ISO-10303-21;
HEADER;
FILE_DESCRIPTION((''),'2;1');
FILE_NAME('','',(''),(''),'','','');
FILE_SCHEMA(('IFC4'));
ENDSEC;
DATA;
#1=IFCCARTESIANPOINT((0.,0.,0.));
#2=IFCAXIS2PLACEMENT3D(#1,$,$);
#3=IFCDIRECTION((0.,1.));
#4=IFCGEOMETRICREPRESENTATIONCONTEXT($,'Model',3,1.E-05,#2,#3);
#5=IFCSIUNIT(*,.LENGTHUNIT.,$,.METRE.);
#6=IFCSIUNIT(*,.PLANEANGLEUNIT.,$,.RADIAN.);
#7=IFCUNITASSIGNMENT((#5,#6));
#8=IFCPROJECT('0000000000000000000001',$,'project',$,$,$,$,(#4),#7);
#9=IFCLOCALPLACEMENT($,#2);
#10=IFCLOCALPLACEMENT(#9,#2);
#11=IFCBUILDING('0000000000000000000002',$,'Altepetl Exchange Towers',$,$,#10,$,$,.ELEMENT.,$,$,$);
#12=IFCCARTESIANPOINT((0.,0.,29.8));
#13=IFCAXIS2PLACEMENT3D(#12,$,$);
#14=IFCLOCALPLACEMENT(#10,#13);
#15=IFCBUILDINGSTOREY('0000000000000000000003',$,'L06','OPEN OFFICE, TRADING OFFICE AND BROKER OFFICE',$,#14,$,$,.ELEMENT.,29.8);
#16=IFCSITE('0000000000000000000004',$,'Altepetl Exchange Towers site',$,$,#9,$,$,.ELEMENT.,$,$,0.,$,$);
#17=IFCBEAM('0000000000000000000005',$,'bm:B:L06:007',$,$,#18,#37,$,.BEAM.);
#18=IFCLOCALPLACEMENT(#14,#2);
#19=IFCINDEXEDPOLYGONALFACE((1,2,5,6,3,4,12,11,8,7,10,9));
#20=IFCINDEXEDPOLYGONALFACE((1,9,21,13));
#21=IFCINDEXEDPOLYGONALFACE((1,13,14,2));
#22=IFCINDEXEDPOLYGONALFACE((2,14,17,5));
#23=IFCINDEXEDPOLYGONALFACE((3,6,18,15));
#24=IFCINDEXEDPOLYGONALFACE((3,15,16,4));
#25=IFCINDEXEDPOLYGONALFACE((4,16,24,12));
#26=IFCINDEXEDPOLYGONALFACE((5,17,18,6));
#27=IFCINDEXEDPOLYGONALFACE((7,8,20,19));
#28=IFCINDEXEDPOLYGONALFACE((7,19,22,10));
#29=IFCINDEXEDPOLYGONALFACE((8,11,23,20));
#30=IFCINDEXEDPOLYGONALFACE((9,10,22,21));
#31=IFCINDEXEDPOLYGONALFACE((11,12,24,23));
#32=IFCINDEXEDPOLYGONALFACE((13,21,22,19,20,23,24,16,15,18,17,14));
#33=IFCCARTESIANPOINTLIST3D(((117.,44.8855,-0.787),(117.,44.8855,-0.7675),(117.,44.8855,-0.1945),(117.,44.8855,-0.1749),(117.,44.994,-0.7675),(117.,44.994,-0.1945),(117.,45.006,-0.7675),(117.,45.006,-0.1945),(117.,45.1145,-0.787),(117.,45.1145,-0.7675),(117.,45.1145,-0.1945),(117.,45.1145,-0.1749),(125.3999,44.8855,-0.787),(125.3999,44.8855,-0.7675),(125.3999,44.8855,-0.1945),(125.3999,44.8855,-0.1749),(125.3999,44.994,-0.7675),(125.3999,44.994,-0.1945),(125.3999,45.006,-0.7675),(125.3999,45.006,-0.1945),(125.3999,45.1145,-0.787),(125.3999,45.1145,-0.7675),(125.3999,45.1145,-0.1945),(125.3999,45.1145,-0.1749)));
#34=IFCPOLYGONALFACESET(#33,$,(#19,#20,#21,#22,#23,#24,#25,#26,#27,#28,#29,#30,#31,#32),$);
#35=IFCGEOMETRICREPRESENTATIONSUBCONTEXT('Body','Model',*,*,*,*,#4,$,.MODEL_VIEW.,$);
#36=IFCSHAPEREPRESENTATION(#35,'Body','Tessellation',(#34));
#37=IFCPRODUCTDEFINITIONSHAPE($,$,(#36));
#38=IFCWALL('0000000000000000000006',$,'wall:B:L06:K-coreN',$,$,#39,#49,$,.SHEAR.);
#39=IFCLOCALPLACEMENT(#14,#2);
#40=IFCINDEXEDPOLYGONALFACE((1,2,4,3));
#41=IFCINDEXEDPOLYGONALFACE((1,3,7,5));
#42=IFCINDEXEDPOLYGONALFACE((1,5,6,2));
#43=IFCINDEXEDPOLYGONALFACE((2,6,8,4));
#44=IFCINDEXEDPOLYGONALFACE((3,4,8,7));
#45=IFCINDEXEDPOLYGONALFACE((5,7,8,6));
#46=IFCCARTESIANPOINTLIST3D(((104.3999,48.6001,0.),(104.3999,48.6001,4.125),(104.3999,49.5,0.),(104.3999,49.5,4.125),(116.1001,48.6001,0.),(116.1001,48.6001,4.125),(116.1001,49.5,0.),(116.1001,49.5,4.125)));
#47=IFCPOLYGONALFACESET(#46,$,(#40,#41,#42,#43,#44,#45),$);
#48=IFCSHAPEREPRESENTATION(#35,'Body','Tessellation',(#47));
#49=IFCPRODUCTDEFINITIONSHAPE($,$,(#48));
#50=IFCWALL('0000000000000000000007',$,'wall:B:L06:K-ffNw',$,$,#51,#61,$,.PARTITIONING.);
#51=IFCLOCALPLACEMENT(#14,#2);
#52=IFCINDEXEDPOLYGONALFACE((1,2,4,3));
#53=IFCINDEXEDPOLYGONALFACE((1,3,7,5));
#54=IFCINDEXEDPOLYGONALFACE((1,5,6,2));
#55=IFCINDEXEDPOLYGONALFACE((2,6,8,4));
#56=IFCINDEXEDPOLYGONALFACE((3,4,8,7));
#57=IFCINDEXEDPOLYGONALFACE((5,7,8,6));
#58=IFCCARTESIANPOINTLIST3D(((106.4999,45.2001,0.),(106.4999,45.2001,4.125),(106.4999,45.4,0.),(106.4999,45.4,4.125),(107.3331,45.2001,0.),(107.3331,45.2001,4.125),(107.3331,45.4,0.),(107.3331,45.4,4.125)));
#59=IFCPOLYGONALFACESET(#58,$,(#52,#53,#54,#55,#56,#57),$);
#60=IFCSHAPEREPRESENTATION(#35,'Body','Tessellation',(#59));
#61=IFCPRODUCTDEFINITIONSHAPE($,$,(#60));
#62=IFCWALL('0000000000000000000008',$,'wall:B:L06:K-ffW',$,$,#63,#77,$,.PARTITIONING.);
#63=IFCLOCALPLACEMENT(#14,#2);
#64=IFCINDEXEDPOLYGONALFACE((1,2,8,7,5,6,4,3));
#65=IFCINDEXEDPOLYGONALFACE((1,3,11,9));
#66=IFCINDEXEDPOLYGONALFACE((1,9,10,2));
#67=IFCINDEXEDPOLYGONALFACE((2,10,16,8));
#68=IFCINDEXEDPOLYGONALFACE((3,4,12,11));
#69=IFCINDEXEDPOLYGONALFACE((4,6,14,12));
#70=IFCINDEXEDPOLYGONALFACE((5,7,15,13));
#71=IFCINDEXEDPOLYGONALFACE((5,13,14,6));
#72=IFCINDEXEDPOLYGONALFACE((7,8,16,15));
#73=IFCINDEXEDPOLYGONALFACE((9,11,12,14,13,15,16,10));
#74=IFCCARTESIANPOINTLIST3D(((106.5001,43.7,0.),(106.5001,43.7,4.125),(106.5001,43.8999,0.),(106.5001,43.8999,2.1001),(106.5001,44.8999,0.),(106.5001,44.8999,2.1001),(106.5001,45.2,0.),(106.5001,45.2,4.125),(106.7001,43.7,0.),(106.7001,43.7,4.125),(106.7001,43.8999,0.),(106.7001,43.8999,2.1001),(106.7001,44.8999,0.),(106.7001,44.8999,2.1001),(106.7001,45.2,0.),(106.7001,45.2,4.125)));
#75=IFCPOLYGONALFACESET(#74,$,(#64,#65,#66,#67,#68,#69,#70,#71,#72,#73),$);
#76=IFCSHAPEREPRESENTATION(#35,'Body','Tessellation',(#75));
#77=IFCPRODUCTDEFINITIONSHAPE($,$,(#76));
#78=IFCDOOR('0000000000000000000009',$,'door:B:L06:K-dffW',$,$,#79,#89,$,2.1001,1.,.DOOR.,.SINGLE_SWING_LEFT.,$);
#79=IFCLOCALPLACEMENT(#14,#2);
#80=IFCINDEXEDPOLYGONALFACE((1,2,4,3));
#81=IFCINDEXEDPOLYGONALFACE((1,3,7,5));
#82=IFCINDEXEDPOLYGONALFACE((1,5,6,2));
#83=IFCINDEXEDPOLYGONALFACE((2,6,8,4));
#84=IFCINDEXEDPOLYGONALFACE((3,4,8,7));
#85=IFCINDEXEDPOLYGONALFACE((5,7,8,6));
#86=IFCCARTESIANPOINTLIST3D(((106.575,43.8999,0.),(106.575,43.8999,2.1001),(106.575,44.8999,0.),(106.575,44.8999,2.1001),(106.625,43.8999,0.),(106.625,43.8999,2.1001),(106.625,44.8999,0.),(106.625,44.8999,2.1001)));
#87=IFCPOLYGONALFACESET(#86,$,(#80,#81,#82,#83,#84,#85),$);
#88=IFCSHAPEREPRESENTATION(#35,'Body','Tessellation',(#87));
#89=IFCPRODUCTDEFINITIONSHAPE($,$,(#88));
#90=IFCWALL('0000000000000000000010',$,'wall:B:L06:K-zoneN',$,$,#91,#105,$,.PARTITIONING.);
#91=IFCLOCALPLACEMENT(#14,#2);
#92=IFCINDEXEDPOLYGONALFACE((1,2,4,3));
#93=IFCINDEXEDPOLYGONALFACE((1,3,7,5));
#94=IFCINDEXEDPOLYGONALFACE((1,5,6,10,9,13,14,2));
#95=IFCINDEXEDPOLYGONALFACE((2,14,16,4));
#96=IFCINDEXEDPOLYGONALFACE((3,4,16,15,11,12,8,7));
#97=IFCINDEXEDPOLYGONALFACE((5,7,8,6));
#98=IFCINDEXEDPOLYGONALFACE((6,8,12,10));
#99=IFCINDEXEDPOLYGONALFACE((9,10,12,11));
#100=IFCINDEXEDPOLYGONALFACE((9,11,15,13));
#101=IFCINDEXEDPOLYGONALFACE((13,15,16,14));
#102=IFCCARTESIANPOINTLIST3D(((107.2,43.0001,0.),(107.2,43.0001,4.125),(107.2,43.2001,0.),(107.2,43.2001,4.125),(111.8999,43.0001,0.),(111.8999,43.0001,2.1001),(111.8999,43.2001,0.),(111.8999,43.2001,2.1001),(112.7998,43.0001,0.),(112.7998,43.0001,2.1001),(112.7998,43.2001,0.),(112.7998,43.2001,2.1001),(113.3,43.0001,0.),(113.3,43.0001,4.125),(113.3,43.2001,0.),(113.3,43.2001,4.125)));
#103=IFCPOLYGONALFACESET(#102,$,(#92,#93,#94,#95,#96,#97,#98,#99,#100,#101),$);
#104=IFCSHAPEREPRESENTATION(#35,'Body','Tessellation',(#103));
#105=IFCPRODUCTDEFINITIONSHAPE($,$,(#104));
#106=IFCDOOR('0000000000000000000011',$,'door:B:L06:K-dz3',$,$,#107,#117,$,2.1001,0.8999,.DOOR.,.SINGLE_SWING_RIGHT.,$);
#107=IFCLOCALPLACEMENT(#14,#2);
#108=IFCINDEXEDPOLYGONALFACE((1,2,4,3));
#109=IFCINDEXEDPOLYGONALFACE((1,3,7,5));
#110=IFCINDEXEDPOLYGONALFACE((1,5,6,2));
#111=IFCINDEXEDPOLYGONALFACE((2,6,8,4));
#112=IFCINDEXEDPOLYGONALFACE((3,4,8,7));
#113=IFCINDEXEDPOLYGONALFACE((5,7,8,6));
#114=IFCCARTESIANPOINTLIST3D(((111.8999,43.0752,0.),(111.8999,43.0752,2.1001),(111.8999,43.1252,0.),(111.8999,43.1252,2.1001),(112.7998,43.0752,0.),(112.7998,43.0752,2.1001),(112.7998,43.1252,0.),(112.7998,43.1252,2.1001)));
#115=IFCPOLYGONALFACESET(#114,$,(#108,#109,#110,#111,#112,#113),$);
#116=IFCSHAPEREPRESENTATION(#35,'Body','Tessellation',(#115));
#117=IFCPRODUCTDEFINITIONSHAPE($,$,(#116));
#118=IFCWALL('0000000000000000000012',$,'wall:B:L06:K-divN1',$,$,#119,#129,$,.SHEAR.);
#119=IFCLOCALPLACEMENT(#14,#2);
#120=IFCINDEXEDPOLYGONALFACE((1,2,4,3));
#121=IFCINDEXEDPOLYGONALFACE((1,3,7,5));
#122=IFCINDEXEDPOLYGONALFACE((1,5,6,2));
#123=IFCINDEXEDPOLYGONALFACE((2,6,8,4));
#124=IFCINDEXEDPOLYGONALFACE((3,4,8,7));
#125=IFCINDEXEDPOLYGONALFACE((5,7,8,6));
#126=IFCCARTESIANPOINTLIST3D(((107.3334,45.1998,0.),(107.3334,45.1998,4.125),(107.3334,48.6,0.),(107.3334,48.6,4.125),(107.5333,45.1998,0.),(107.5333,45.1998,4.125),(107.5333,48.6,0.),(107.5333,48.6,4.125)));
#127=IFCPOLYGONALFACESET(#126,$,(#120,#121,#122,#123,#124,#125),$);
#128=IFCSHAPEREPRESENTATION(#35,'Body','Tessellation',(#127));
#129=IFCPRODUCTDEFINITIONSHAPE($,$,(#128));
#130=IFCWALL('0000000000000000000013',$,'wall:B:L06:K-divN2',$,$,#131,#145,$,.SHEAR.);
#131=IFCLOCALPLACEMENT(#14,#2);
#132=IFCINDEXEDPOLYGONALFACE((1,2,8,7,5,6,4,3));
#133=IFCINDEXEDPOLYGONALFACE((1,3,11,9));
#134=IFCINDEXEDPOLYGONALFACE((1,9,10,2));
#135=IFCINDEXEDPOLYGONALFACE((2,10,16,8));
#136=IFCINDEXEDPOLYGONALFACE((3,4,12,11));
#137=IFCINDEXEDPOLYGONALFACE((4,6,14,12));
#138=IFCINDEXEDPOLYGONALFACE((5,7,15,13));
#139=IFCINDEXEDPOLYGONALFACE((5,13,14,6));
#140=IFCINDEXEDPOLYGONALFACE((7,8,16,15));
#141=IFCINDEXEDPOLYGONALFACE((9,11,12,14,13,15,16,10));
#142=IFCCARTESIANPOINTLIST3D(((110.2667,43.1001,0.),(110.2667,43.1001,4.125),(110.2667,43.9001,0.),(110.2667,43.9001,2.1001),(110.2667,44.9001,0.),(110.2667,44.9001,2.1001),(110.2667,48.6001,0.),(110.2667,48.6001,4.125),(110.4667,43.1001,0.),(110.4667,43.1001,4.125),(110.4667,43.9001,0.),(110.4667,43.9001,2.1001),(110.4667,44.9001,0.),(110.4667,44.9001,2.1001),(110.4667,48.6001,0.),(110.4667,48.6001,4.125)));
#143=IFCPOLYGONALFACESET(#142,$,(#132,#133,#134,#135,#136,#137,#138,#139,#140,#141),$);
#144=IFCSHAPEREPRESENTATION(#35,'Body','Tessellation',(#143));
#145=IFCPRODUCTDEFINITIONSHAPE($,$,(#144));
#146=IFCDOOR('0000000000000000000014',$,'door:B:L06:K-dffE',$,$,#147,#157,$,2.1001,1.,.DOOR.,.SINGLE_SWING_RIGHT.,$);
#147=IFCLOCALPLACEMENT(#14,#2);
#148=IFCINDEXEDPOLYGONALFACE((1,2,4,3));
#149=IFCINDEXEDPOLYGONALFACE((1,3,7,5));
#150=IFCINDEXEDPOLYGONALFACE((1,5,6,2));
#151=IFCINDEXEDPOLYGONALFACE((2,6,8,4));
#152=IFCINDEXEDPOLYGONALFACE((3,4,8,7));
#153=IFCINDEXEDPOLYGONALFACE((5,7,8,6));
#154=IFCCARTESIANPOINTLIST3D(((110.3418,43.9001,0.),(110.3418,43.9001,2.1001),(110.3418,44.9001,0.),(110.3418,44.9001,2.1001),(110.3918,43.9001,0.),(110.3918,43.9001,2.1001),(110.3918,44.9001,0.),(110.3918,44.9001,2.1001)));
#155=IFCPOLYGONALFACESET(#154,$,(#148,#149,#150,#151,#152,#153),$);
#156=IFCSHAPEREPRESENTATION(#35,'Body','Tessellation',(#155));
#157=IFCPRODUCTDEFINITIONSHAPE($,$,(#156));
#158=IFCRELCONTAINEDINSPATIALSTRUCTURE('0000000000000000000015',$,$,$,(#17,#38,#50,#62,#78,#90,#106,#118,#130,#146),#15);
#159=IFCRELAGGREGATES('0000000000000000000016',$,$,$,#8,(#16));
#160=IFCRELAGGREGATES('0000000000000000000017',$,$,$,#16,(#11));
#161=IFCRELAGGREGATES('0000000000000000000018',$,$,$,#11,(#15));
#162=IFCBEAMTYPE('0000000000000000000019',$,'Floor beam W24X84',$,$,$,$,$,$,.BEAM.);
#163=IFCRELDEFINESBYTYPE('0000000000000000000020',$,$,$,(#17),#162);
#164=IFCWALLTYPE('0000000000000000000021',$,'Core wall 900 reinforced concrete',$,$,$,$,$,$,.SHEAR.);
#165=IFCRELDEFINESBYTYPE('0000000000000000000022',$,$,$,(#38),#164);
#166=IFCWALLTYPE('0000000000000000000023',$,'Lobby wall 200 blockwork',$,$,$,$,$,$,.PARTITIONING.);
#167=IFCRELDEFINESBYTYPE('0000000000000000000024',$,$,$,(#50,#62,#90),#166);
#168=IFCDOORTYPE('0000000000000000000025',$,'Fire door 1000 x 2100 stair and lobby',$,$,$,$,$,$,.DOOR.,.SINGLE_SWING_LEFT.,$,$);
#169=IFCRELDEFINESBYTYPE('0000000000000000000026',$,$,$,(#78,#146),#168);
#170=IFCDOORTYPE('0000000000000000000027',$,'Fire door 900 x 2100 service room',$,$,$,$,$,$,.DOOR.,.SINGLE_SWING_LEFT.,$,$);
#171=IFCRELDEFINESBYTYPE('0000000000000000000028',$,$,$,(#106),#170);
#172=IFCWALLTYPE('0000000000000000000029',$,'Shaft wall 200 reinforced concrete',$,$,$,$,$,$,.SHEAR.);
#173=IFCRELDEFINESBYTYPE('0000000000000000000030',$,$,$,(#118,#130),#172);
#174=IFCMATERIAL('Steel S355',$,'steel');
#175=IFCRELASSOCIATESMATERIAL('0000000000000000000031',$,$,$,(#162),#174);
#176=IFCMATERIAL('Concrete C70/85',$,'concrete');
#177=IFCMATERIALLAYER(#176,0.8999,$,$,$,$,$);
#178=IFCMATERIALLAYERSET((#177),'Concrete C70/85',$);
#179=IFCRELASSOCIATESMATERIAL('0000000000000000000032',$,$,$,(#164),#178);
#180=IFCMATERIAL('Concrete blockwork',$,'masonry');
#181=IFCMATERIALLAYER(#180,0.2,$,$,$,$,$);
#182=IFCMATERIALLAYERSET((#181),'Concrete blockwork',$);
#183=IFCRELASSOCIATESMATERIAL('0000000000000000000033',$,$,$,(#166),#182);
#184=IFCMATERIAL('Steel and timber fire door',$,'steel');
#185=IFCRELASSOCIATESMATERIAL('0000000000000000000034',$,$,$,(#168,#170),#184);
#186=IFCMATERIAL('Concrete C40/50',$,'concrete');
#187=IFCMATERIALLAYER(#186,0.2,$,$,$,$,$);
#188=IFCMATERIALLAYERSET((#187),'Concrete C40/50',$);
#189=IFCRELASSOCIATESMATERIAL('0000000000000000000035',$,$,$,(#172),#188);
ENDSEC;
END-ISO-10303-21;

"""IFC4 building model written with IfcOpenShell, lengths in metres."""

from ifc_helpers import new_model, si_unit, direction, frame, frame_2d, origin, origin_2d, place, context, subcontext, project, spatial, rectangle, i_section, extrude, material, layer, layer_set, material_profile, profile_set, type_object, element, fill, save


model = new_model("IFC4")

# Units and contexts
model_context = context("Model", 3, precision=1e-05, world=origin(), true_north=direction((0.0, 1.0)))
body_context = subcontext(model_context, "Body", "Model", "MODEL_VIEW")
ifc_project = project(units=[si_unit("LENGTHUNIT", "METRE"), si_unit("PLANEANGLEUNIT", "RADIAN")], contexts=[model_context])

# Site, building, storey
site_placement = place(None, origin())
site = spatial("IfcSite", under=ifc_project, at=site_placement, Name="Altepetl Exchange Towers site", CompositionType="ELEMENT", RefElevation=0.0)
building_placement = place(site_placement, origin())
building = spatial("IfcBuilding", under=site, at=building_placement, Name="Altepetl Exchange Towers", CompositionType="ELEMENT")
storey_placement = place(building_placement, frame((0.0, 0.0, 29.8)))
storey = spatial("IfcBuildingStorey", under=building, at=storey_placement, Name="L06", Description="OPEN OFFICE, TRADING OFFICE AND BROKER OFFICE", CompositionType="ELEMENT", Elevation=29.8)

# Beam
ifc_material_1 = material(Name="Steel S355", Category="steel")
ifc_material_profile = material_profile(ifc_material_1, i_section(OverallWidth=0.229, OverallDepth=0.6121, WebThickness=0.012, FlangeThickness=0.0195, at=origin_2d()), Name="W24X84")
ifc_profile_set = profile_set([ifc_material_profile], Name="Steel S355")
beam_type = type_object("IfcBeamType", Name="Floor beam W24X84", PredefinedType="BEAM", material=ifc_profile_set)
beam_placement = place(storey_placement, frame((117.0, 45.0, -0.481), z_axis=(1.0, 0.0, 0.0), x_axis=(0.0, 1.0, 0.0)))
element("IfcBeam", 1, at=beam_placement, inside=storey, type_object=beam_type, Name="bm:B:L06:007", PredefinedType="BEAM", context=body_context, shape_type="SweptSolid", body=[
    extrude(i_section(OverallWidth=0.229, OverallDepth=0.6121, WebThickness=0.012, FlangeThickness=0.0195, at=origin_2d()), origin(), (0.0, 0.0, 1.0), 8.3999),
])

# Walls
ifc_material_2 = material(Name="Concrete C70/85", Category="concrete")
ifc_layer_1 = layer(ifc_material_2, 0.8999)
ifc_layer_set_1 = layer_set([ifc_layer_1], Name="Concrete C70/85")
wall_type_1 = type_object("IfcWallType", Name="Core wall 900 reinforced concrete", PredefinedType="SHEAR", material=ifc_layer_set_1)
wall_1_placement = place(storey_placement, frame((104.3999, 49.05, 0.0)))
element("IfcWall", 2, at=wall_1_placement, inside=storey, type_object=wall_type_1, Name="wall:B:L06:K-coreN", PredefinedType="SHEAR", context=body_context, shape_type="SweptSolid", body=[
    extrude(rectangle(XDim=11.7002, YDim=0.8999, at=frame_2d((5.8501, 0.0))), origin(), (0.0, 0.0, 1.0), 4.125),
])
ifc_material_3 = material(Name="Concrete blockwork", Category="masonry")
ifc_layer_2 = layer(ifc_material_3, 0.2)
ifc_layer_set_2 = layer_set([ifc_layer_2], Name="Concrete blockwork")
wall_type_2 = type_object("IfcWallType", Name="Lobby wall 200 blockwork", PredefinedType="PARTITIONING", material=ifc_layer_set_2)
wall_2_placement = place(storey_placement, frame((106.5, 45.3, 0.0)))
element("IfcWall", 3, at=wall_2_placement, inside=storey, type_object=wall_type_2, Name="wall:B:L06:K-ffNw", PredefinedType="PARTITIONING", context=body_context, shape_type="SweptSolid", body=[
    extrude(rectangle(XDim=0.8333, YDim=0.2, at=frame_2d((0.4165, 0.0))), origin(), (0.0, 0.0, 1.0), 4.125),
])

# Walls, openings, doors
wall_3_placement = place(storey_placement, frame((106.6001, 43.7, 0.0), z_axis=(0.0, 0.0, 1.0), x_axis=(0.0, 1.0, 0.0)))
wall_3 = element("IfcWall", 4, at=wall_3_placement, inside=storey, type_object=wall_type_2, Name="wall:B:L06:K-ffW", PredefinedType="PARTITIONING", context=body_context, shape_type="SweptSolid", body=[
    extrude(rectangle(XDim=1.5, YDim=0.2, at=frame_2d((0.75, 0.0))), origin(), (0.0, 0.0, 1.0), 4.125),
])
opening_1_placement = place(wall_3_placement, frame((0.2, 0.0, 0.0)))
opening_1 = element("IfcOpeningElement", 5, at=opening_1_placement, cuts=wall_3, PredefinedType="OPENING", context=body_context, shape_type="SweptSolid", body=[
    extrude(rectangle(XDim=1.0, YDim=2.1001, at=frame_2d((0.5, 1.05))), frame((0.0, 0.1099, 0.0), z_axis=(0.0, -1.0, 0.0), x_axis=(1.0, 0.0, 0.0)), (0.0, 0.0, 1.0), 0.22),
])
ifc_material_4 = material(Name="Steel and timber fire door", Category="steel")
door_type_1 = type_object("IfcDoorType", Name="Fire door 1000 x 2100 stair and lobby", OperationType="SINGLE_SWING_LEFT", PredefinedType="DOOR", material=ifc_material_4)
door_1_placement = place(opening_1_placement, frame((1.0, 0.0, 0.0), x_axis=(-1.0, 0.0, 0.0)))
door_1 = element("IfcDoor", 6, at=door_1_placement, inside=storey, type_object=door_type_1, Name="door:B:L06:K-dffW", OperationType="SINGLE_SWING_LEFT", OverallHeight=2.1001, OverallWidth=1.0, PredefinedType="DOOR", context=body_context, shape_type="SweptSolid", body=[
    extrude(rectangle(XDim=1.0, YDim=2.1001, at=frame_2d((0.5, 1.05))), frame((0.0, 0.0249, 0.0), z_axis=(0.0, -1.0, 0.0), x_axis=(1.0, 0.0, 0.0)), (0.0, 0.0, 1.0), 0.05),
])
fill(opening_1, door_1)
wall_4_placement = place(storey_placement, frame((107.2, 43.1001, 0.0)))
wall_4 = element("IfcWall", 7, at=wall_4_placement, inside=storey, type_object=wall_type_2, Name="wall:B:L06:K-zoneN", PredefinedType="PARTITIONING", context=body_context, shape_type="SweptSolid", body=[
    extrude(rectangle(XDim=6.1001, YDim=0.2, at=frame_2d((3.05, 0.0))), origin(), (0.0, 0.0, 1.0), 4.125),
])
opening_2_placement = place(wall_4_placement, frame((4.7, 0.0, 0.0)))
opening_2 = element("IfcOpeningElement", 8, at=opening_2_placement, cuts=wall_4, PredefinedType="OPENING", context=body_context, shape_type="SweptSolid", body=[
    extrude(rectangle(XDim=0.8999, YDim=2.1001, at=frame_2d((0.45, 1.05))), frame((0.0, 0.1099, 0.0), z_axis=(0.0, -1.0, 0.0), x_axis=(1.0, 0.0, 0.0)), (0.0, 0.0, 1.0), 0.22),
])
door_type_2 = type_object("IfcDoorType", Name="Fire door 900 x 2100 service room", OperationType="SINGLE_SWING_LEFT", PredefinedType="DOOR", material=ifc_material_4)
door_2_placement = place(opening_2_placement, frame((0.8999, 0.0, 0.0), x_axis=(-1.0, 0.0, 0.0)))
door_2 = element("IfcDoor", 9, at=door_2_placement, inside=storey, type_object=door_type_2, Name="door:B:L06:K-dz3", OperationType="SINGLE_SWING_RIGHT", OverallHeight=2.1001, OverallWidth=0.8999, PredefinedType="DOOR", context=body_context, shape_type="SweptSolid", body=[
    extrude(rectangle(XDim=0.8999, YDim=2.1001, at=frame_2d((0.45, 1.05))), frame((0.0, 0.0249, 0.0), z_axis=(0.0, -1.0, 0.0), x_axis=(1.0, 0.0, 0.0)), (0.0, 0.0, 1.0), 0.05),
])
fill(opening_2, door_2)

# Wall
ifc_material_5 = material(Name="Concrete C40/50", Category="concrete")
ifc_layer_3 = layer(ifc_material_5, 0.2)
ifc_layer_set_3 = layer_set([ifc_layer_3], Name="Concrete C40/50")
wall_type_3 = type_object("IfcWallType", Name="Shaft wall 200 reinforced concrete", PredefinedType="SHEAR", material=ifc_layer_set_3)
wall_5_placement = place(storey_placement, frame((107.4333, 48.6001, 0.0), z_axis=(0.0, 0.0, 1.0), x_axis=(0.0, -1.0, 0.0)))
element("IfcWall", 10, at=wall_5_placement, inside=storey, type_object=wall_type_3, Name="wall:B:L06:K-divN1", PredefinedType="SHEAR", context=body_context, shape_type="SweptSolid", body=[
    extrude(rectangle(XDim=3.4001, YDim=0.2, at=frame_2d((1.7002, 0.0))), origin(), (0.0, 0.0, 1.0), 4.125),
])

# Wall, opening, door
wall_6_placement = place(storey_placement, frame((110.3667, 48.6001, 0.0), z_axis=(0.0, 0.0, 1.0), x_axis=(0.0, -1.0, 0.0)))
wall_6 = element("IfcWall", 11, at=wall_6_placement, inside=storey, type_object=wall_type_3, Name="wall:B:L06:K-divN2", PredefinedType="SHEAR", context=body_context, shape_type="SweptSolid", body=[
    extrude(rectangle(XDim=5.5, YDim=0.2, at=frame_2d((2.75, 0.0))), origin(), (0.0, 0.0, 1.0), 4.125),
])
opening_3_placement = place(wall_6_placement, frame((3.7, 0.0, 0.0)))
opening_3 = element("IfcOpeningElement", 12, at=opening_3_placement, cuts=wall_6, PredefinedType="OPENING", context=body_context, shape_type="SweptSolid", body=[
    extrude(rectangle(XDim=1.0, YDim=2.1001, at=frame_2d((0.5, 1.05))), frame((0.0, 0.1099, 0.0), z_axis=(0.0, -1.0, 0.0), x_axis=(1.0, 0.0, 0.0)), (0.0, 0.0, 1.0), 0.22),
])
door_3_placement = place(opening_3_placement, frame((1.0, 0.0, 0.0), x_axis=(-1.0, 0.0, 0.0)))
door_3 = element("IfcDoor", 13, at=door_3_placement, inside=storey, type_object=door_type_1, Name="door:B:L06:K-dffE", OperationType="SINGLE_SWING_RIGHT", OverallHeight=2.1001, OverallWidth=1.0, PredefinedType="DOOR", context=body_context, shape_type="SweptSolid", body=[
    extrude(rectangle(XDim=1.0, YDim=2.1001, at=frame_2d((0.5, 1.05))), frame((0.0, 0.0249, 0.0), z_axis=(0.0, -1.0, 0.0), x_axis=(1.0, 0.0, 0.0)), (0.0, 0.0, 1.0), 0.05),
])
fill(opening_3, door_3)

save(model, "model.ifc")
